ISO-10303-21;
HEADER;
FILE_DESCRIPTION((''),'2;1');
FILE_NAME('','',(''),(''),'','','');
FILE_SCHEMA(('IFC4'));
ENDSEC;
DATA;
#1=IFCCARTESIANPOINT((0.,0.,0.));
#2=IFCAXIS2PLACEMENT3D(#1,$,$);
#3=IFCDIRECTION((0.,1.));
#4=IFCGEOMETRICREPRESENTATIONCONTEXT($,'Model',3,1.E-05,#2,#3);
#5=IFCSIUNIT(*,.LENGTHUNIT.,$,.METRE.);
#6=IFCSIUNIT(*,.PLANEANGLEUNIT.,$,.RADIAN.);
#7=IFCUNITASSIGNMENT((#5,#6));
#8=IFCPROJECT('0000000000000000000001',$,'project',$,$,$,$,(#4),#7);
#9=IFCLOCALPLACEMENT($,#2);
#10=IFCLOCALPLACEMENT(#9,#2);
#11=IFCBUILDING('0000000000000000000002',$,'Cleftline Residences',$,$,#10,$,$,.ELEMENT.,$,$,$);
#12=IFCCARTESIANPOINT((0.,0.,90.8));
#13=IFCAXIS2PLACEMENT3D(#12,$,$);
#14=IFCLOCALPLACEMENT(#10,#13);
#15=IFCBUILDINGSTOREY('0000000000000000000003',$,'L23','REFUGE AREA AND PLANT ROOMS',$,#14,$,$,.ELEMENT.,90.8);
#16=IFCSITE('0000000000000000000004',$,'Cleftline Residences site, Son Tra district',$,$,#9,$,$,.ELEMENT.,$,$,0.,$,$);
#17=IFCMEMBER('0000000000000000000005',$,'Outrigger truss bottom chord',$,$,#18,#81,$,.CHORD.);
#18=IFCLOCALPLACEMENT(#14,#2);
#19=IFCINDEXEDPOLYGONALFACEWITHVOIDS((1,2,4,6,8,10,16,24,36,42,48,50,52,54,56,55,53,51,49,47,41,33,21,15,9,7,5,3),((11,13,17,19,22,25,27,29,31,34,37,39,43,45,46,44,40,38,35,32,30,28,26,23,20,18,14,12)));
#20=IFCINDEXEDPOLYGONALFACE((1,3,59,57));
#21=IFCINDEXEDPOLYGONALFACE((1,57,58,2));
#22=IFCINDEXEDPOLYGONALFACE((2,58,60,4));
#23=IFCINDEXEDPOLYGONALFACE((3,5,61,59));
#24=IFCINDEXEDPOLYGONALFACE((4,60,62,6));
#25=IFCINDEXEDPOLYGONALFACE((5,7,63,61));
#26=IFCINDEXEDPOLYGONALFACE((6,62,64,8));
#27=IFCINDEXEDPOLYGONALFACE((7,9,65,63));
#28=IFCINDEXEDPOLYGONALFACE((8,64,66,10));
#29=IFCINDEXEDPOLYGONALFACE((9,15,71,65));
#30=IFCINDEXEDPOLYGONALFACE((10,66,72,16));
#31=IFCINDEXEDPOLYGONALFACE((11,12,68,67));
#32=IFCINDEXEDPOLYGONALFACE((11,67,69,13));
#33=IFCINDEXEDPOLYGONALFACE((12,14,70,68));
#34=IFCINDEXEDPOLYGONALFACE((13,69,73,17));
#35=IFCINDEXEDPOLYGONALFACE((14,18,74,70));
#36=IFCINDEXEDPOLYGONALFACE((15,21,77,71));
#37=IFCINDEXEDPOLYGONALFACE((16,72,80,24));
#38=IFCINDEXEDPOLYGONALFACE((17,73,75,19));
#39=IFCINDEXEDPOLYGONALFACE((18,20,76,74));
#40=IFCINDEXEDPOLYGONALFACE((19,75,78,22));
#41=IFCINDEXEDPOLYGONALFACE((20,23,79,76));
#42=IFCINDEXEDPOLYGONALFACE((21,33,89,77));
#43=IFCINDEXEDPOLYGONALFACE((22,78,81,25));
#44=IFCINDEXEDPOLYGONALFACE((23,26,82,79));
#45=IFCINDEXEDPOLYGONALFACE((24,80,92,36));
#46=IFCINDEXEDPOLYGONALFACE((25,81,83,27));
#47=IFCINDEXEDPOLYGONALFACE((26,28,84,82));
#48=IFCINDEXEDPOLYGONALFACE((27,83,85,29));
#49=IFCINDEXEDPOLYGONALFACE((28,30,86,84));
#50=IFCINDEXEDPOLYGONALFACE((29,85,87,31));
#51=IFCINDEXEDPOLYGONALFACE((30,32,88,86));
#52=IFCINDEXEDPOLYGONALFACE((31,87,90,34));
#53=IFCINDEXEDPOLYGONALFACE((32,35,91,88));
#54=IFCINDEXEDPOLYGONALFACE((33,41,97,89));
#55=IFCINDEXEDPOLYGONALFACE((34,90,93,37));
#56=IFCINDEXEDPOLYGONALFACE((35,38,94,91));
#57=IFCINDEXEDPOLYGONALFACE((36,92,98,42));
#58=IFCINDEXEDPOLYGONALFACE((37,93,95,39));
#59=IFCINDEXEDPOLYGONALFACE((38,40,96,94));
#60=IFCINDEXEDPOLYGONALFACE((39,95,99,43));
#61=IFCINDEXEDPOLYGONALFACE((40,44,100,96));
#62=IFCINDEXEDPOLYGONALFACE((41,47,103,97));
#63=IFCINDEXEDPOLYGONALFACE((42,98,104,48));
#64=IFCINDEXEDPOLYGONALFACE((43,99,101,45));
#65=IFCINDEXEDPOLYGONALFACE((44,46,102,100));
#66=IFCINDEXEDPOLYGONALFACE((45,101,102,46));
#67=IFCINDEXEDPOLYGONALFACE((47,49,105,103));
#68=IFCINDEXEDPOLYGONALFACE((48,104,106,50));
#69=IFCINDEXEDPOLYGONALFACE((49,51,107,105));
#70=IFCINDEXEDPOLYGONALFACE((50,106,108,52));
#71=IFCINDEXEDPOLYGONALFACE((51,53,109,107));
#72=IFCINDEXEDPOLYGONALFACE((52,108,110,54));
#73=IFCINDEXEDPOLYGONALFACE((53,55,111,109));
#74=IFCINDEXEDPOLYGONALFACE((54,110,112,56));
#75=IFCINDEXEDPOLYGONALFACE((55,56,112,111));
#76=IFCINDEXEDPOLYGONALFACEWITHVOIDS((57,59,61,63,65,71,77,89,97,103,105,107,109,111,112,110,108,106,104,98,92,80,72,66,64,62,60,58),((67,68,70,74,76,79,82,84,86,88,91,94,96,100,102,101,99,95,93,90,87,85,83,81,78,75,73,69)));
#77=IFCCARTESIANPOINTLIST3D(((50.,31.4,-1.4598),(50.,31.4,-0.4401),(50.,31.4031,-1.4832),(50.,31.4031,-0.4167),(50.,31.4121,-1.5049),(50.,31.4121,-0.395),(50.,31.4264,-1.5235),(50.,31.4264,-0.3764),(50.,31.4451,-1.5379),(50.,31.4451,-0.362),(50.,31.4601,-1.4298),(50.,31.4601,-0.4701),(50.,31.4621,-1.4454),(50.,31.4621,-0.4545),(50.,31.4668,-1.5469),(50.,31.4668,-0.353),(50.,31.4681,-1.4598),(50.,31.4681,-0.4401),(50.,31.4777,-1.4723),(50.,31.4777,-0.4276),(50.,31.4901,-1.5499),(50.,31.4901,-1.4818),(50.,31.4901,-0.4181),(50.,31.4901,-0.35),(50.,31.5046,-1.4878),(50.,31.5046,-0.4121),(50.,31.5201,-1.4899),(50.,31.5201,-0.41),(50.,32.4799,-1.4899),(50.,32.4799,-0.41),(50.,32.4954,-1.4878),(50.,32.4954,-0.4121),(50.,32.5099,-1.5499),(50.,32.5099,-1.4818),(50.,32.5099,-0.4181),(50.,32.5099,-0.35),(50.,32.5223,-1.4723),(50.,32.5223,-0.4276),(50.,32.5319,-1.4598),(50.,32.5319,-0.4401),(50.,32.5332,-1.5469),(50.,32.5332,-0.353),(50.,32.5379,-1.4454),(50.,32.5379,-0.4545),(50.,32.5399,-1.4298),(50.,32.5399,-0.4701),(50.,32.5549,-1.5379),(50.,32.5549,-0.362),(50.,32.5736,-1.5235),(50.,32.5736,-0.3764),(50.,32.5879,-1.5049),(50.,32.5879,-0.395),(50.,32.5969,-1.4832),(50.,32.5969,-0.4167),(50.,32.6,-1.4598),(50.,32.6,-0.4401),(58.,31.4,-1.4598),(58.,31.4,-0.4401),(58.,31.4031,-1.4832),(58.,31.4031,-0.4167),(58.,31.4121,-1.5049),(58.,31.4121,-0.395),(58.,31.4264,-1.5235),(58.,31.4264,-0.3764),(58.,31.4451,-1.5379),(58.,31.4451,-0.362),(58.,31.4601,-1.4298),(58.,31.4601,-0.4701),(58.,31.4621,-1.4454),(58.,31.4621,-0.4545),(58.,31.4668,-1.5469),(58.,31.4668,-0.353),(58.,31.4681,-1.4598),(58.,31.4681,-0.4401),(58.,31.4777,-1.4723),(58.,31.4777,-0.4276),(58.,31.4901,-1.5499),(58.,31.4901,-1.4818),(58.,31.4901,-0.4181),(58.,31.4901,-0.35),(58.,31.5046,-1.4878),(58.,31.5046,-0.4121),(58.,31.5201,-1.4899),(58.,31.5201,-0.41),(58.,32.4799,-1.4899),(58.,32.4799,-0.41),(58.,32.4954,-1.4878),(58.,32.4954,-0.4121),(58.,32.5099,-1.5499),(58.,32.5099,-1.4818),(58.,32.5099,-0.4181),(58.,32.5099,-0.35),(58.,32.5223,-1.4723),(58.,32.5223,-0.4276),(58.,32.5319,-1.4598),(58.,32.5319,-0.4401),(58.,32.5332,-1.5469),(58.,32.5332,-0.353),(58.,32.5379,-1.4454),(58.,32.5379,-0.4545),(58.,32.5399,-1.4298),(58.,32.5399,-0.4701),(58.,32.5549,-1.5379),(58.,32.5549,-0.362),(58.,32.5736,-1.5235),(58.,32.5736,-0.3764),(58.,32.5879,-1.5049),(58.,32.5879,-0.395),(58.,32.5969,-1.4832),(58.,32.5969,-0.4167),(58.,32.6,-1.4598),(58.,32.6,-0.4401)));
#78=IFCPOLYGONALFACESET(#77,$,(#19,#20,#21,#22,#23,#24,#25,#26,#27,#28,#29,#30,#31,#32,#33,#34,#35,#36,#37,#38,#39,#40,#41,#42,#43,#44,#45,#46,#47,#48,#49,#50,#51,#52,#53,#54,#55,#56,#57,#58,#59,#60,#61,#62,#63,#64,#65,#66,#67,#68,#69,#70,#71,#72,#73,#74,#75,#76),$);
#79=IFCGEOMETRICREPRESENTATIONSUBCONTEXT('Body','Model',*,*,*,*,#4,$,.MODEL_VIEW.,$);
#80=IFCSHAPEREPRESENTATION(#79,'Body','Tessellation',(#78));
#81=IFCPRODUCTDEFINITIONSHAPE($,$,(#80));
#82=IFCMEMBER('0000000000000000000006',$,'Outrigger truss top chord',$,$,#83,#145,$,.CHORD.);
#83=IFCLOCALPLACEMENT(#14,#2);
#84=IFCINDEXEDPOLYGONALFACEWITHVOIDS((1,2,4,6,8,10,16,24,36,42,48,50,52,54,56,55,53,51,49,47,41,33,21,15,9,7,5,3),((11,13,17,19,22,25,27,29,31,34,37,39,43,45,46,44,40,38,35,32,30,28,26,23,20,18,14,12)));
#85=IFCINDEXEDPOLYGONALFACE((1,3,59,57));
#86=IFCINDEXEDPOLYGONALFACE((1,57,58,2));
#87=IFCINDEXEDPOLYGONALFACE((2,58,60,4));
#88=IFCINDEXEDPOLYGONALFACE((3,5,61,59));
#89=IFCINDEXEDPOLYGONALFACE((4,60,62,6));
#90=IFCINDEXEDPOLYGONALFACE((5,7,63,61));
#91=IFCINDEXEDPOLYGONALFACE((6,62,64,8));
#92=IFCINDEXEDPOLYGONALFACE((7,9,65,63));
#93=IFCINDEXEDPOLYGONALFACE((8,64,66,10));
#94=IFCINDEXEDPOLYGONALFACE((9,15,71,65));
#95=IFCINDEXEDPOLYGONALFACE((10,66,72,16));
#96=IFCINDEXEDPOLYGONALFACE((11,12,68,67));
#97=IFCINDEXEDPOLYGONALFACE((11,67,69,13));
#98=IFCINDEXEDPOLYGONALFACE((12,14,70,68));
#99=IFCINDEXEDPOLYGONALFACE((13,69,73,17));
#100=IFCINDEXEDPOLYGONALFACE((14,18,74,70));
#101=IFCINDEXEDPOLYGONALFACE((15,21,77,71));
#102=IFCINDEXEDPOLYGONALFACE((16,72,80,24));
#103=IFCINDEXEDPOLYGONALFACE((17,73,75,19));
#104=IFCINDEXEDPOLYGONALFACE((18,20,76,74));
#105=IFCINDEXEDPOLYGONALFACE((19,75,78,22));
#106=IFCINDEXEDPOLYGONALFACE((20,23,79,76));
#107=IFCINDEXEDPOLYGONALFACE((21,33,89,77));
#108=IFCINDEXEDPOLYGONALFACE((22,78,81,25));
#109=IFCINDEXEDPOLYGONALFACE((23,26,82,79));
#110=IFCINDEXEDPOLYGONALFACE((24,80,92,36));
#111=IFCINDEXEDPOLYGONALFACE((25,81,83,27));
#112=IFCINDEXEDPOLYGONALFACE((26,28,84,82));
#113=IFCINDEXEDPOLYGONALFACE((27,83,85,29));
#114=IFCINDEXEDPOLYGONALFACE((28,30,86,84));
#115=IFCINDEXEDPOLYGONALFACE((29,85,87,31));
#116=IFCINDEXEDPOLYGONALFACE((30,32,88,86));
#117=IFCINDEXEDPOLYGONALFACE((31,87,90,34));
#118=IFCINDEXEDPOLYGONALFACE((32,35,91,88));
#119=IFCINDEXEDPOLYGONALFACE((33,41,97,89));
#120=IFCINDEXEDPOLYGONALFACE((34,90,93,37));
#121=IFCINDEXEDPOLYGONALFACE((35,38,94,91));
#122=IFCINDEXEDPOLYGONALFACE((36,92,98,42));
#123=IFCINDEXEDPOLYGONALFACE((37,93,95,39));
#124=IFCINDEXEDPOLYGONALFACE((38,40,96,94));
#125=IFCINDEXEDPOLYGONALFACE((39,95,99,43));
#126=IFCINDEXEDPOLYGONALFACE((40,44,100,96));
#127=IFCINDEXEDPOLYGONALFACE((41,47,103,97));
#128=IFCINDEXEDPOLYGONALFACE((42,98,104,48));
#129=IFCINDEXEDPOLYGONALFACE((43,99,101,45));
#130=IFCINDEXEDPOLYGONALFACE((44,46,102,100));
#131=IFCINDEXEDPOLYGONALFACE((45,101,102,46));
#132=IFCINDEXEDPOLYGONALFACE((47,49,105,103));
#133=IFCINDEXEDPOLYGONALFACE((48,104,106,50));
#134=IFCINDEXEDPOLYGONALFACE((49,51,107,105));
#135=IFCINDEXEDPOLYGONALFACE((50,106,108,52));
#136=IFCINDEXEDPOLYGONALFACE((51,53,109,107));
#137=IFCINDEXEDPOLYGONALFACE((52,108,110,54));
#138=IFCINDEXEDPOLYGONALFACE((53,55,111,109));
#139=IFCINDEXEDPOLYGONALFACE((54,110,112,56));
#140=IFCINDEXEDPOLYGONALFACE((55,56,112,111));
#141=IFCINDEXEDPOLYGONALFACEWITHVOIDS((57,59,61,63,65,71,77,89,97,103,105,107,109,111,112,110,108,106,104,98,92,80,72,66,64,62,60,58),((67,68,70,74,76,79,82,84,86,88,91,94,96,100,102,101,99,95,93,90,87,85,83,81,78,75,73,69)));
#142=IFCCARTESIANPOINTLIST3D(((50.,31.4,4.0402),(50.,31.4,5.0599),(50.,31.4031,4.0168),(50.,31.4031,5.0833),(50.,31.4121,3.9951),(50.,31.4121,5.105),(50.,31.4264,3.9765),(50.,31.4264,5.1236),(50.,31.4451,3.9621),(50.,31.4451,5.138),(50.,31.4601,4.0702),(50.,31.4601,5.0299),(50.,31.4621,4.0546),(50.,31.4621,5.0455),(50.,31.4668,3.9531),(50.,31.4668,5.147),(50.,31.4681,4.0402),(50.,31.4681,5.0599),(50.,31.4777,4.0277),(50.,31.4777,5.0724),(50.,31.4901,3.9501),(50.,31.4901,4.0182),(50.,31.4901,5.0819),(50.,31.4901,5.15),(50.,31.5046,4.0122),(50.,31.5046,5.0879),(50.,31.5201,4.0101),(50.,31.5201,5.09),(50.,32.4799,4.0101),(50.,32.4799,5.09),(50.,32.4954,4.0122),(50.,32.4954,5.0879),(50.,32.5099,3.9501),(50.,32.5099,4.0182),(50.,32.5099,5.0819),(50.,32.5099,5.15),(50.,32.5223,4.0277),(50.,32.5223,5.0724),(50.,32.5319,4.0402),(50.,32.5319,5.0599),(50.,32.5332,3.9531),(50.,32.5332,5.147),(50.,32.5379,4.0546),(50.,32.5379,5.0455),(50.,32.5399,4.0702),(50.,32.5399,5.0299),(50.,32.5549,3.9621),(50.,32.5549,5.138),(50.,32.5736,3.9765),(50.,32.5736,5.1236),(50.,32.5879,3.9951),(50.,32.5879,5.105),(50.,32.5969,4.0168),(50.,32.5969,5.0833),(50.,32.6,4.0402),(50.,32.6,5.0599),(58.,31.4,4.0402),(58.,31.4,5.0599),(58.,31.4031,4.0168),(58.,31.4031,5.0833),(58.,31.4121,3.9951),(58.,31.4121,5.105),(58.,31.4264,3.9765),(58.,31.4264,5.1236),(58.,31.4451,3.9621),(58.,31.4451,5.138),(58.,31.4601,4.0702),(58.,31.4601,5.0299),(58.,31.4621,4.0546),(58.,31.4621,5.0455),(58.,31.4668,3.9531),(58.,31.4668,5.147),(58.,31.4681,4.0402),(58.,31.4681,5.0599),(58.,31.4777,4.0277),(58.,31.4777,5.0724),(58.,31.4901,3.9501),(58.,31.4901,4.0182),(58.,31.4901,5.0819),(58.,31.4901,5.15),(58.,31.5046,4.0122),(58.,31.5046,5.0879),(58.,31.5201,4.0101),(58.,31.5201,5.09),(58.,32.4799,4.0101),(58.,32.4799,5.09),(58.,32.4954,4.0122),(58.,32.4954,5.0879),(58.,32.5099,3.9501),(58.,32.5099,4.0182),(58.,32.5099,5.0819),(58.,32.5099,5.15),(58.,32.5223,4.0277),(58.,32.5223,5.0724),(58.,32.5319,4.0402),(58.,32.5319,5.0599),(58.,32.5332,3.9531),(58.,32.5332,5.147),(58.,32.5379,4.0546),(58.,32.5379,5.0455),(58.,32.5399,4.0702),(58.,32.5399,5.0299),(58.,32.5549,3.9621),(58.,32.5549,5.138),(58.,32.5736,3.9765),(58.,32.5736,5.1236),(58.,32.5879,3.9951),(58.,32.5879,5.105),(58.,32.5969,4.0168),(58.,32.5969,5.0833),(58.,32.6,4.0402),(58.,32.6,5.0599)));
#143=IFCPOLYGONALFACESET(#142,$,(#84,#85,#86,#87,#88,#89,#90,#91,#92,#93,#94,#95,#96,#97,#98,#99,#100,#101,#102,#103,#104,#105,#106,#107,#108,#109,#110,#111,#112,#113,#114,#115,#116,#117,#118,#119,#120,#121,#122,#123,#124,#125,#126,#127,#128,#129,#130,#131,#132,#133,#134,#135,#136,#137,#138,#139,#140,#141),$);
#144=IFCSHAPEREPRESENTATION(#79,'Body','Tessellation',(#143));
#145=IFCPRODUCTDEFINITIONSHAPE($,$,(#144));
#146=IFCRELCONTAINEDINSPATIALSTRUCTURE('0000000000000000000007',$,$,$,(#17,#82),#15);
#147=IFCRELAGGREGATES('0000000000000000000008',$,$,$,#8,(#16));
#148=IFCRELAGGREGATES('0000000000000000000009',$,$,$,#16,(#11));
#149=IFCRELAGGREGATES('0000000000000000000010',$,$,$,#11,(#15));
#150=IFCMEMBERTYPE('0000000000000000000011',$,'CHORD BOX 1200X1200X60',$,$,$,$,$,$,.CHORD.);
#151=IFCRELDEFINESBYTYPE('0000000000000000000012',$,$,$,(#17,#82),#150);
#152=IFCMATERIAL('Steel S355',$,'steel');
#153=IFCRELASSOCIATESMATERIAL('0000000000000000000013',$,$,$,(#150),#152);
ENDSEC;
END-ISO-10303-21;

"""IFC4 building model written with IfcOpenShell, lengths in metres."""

from ifc_helpers import new_model, si_unit, direction, frame, origin, origin_2d, place, context, subcontext, project, spatial, hollow_rectangle, extrude, material, material_profile, profile_set, type_object, element, save


model = new_model("IFC4")

# Units and contexts
model_context = context("Model", 3, precision=1e-05, world=origin(), true_north=direction((0.0, 1.0)))
body_context = subcontext(model_context, "Body", "Model", "MODEL_VIEW")
ifc_project = project(units=[si_unit("LENGTHUNIT", "METRE"), si_unit("PLANEANGLEUNIT", "RADIAN")], contexts=[model_context])

# Site, building, storey
site_placement = place(None, origin())
site = spatial("IfcSite", under=ifc_project, at=site_placement, Name="Cleftline Residences site, Son Tra district", CompositionType="ELEMENT", RefElevation=0.0)
building_placement = place(site_placement, origin())
building = spatial("IfcBuilding", under=site, at=building_placement, Name="Cleftline Residences", CompositionType="ELEMENT")
storey_placement = place(building_placement, frame((0.0, 0.0, 90.8)))
storey = spatial("IfcBuildingStorey", under=building, at=storey_placement, Name="L23", Description="REFUGE AREA AND PLANT ROOMS", CompositionType="ELEMENT", Elevation=90.8)

# Members
ifc_material_1 = material(Name="Steel S355", Category="steel")
ifc_material_profile_1 = material_profile(ifc_material_1, hollow_rectangle(XDim=1.2, YDim=1.2, WallThickness=0.0601, InnerFilletRadius=0.0601, OuterFilletRadius=0.0901, at=origin_2d()))
ifc_profile_set_1 = profile_set([ifc_material_profile_1], Name="Steel S355")
member_type_1 = type_object("IfcMemberType", Name="CHORD BOX 1200X1200X60", PredefinedType="CHORD", material=ifc_profile_set_1)
for number, where, z_axis, x_axis, name in (
    (1, (50.0, 32.0, -0.95), (1.0, 0.0, 0.0), (0.0, 1.0, 0.0), "Outrigger truss bottom chord"),
    (2, (50.0, 32.0, 4.55), (1.0, 0.0, 0.0), (0.0, 1.0, 0.0), "Outrigger truss top chord"),
):
    element("IfcMember", number, at=place(storey_placement, frame(where, z_axis=z_axis, x_axis=x_axis)), inside=storey, type_object=member_type_1, Name=name, PredefinedType="CHORD", context=body_context, shape_type="SweptSolid", body=[
        extrude(hollow_rectangle(XDim=1.2, YDim=1.2, WallThickness=0.0601, InnerFilletRadius=0.0601, OuterFilletRadius=0.0901, at=origin_2d()), origin(), (0.0, 0.0, 1.0), 8.0),
    ])

save(model, "model.ifc")
